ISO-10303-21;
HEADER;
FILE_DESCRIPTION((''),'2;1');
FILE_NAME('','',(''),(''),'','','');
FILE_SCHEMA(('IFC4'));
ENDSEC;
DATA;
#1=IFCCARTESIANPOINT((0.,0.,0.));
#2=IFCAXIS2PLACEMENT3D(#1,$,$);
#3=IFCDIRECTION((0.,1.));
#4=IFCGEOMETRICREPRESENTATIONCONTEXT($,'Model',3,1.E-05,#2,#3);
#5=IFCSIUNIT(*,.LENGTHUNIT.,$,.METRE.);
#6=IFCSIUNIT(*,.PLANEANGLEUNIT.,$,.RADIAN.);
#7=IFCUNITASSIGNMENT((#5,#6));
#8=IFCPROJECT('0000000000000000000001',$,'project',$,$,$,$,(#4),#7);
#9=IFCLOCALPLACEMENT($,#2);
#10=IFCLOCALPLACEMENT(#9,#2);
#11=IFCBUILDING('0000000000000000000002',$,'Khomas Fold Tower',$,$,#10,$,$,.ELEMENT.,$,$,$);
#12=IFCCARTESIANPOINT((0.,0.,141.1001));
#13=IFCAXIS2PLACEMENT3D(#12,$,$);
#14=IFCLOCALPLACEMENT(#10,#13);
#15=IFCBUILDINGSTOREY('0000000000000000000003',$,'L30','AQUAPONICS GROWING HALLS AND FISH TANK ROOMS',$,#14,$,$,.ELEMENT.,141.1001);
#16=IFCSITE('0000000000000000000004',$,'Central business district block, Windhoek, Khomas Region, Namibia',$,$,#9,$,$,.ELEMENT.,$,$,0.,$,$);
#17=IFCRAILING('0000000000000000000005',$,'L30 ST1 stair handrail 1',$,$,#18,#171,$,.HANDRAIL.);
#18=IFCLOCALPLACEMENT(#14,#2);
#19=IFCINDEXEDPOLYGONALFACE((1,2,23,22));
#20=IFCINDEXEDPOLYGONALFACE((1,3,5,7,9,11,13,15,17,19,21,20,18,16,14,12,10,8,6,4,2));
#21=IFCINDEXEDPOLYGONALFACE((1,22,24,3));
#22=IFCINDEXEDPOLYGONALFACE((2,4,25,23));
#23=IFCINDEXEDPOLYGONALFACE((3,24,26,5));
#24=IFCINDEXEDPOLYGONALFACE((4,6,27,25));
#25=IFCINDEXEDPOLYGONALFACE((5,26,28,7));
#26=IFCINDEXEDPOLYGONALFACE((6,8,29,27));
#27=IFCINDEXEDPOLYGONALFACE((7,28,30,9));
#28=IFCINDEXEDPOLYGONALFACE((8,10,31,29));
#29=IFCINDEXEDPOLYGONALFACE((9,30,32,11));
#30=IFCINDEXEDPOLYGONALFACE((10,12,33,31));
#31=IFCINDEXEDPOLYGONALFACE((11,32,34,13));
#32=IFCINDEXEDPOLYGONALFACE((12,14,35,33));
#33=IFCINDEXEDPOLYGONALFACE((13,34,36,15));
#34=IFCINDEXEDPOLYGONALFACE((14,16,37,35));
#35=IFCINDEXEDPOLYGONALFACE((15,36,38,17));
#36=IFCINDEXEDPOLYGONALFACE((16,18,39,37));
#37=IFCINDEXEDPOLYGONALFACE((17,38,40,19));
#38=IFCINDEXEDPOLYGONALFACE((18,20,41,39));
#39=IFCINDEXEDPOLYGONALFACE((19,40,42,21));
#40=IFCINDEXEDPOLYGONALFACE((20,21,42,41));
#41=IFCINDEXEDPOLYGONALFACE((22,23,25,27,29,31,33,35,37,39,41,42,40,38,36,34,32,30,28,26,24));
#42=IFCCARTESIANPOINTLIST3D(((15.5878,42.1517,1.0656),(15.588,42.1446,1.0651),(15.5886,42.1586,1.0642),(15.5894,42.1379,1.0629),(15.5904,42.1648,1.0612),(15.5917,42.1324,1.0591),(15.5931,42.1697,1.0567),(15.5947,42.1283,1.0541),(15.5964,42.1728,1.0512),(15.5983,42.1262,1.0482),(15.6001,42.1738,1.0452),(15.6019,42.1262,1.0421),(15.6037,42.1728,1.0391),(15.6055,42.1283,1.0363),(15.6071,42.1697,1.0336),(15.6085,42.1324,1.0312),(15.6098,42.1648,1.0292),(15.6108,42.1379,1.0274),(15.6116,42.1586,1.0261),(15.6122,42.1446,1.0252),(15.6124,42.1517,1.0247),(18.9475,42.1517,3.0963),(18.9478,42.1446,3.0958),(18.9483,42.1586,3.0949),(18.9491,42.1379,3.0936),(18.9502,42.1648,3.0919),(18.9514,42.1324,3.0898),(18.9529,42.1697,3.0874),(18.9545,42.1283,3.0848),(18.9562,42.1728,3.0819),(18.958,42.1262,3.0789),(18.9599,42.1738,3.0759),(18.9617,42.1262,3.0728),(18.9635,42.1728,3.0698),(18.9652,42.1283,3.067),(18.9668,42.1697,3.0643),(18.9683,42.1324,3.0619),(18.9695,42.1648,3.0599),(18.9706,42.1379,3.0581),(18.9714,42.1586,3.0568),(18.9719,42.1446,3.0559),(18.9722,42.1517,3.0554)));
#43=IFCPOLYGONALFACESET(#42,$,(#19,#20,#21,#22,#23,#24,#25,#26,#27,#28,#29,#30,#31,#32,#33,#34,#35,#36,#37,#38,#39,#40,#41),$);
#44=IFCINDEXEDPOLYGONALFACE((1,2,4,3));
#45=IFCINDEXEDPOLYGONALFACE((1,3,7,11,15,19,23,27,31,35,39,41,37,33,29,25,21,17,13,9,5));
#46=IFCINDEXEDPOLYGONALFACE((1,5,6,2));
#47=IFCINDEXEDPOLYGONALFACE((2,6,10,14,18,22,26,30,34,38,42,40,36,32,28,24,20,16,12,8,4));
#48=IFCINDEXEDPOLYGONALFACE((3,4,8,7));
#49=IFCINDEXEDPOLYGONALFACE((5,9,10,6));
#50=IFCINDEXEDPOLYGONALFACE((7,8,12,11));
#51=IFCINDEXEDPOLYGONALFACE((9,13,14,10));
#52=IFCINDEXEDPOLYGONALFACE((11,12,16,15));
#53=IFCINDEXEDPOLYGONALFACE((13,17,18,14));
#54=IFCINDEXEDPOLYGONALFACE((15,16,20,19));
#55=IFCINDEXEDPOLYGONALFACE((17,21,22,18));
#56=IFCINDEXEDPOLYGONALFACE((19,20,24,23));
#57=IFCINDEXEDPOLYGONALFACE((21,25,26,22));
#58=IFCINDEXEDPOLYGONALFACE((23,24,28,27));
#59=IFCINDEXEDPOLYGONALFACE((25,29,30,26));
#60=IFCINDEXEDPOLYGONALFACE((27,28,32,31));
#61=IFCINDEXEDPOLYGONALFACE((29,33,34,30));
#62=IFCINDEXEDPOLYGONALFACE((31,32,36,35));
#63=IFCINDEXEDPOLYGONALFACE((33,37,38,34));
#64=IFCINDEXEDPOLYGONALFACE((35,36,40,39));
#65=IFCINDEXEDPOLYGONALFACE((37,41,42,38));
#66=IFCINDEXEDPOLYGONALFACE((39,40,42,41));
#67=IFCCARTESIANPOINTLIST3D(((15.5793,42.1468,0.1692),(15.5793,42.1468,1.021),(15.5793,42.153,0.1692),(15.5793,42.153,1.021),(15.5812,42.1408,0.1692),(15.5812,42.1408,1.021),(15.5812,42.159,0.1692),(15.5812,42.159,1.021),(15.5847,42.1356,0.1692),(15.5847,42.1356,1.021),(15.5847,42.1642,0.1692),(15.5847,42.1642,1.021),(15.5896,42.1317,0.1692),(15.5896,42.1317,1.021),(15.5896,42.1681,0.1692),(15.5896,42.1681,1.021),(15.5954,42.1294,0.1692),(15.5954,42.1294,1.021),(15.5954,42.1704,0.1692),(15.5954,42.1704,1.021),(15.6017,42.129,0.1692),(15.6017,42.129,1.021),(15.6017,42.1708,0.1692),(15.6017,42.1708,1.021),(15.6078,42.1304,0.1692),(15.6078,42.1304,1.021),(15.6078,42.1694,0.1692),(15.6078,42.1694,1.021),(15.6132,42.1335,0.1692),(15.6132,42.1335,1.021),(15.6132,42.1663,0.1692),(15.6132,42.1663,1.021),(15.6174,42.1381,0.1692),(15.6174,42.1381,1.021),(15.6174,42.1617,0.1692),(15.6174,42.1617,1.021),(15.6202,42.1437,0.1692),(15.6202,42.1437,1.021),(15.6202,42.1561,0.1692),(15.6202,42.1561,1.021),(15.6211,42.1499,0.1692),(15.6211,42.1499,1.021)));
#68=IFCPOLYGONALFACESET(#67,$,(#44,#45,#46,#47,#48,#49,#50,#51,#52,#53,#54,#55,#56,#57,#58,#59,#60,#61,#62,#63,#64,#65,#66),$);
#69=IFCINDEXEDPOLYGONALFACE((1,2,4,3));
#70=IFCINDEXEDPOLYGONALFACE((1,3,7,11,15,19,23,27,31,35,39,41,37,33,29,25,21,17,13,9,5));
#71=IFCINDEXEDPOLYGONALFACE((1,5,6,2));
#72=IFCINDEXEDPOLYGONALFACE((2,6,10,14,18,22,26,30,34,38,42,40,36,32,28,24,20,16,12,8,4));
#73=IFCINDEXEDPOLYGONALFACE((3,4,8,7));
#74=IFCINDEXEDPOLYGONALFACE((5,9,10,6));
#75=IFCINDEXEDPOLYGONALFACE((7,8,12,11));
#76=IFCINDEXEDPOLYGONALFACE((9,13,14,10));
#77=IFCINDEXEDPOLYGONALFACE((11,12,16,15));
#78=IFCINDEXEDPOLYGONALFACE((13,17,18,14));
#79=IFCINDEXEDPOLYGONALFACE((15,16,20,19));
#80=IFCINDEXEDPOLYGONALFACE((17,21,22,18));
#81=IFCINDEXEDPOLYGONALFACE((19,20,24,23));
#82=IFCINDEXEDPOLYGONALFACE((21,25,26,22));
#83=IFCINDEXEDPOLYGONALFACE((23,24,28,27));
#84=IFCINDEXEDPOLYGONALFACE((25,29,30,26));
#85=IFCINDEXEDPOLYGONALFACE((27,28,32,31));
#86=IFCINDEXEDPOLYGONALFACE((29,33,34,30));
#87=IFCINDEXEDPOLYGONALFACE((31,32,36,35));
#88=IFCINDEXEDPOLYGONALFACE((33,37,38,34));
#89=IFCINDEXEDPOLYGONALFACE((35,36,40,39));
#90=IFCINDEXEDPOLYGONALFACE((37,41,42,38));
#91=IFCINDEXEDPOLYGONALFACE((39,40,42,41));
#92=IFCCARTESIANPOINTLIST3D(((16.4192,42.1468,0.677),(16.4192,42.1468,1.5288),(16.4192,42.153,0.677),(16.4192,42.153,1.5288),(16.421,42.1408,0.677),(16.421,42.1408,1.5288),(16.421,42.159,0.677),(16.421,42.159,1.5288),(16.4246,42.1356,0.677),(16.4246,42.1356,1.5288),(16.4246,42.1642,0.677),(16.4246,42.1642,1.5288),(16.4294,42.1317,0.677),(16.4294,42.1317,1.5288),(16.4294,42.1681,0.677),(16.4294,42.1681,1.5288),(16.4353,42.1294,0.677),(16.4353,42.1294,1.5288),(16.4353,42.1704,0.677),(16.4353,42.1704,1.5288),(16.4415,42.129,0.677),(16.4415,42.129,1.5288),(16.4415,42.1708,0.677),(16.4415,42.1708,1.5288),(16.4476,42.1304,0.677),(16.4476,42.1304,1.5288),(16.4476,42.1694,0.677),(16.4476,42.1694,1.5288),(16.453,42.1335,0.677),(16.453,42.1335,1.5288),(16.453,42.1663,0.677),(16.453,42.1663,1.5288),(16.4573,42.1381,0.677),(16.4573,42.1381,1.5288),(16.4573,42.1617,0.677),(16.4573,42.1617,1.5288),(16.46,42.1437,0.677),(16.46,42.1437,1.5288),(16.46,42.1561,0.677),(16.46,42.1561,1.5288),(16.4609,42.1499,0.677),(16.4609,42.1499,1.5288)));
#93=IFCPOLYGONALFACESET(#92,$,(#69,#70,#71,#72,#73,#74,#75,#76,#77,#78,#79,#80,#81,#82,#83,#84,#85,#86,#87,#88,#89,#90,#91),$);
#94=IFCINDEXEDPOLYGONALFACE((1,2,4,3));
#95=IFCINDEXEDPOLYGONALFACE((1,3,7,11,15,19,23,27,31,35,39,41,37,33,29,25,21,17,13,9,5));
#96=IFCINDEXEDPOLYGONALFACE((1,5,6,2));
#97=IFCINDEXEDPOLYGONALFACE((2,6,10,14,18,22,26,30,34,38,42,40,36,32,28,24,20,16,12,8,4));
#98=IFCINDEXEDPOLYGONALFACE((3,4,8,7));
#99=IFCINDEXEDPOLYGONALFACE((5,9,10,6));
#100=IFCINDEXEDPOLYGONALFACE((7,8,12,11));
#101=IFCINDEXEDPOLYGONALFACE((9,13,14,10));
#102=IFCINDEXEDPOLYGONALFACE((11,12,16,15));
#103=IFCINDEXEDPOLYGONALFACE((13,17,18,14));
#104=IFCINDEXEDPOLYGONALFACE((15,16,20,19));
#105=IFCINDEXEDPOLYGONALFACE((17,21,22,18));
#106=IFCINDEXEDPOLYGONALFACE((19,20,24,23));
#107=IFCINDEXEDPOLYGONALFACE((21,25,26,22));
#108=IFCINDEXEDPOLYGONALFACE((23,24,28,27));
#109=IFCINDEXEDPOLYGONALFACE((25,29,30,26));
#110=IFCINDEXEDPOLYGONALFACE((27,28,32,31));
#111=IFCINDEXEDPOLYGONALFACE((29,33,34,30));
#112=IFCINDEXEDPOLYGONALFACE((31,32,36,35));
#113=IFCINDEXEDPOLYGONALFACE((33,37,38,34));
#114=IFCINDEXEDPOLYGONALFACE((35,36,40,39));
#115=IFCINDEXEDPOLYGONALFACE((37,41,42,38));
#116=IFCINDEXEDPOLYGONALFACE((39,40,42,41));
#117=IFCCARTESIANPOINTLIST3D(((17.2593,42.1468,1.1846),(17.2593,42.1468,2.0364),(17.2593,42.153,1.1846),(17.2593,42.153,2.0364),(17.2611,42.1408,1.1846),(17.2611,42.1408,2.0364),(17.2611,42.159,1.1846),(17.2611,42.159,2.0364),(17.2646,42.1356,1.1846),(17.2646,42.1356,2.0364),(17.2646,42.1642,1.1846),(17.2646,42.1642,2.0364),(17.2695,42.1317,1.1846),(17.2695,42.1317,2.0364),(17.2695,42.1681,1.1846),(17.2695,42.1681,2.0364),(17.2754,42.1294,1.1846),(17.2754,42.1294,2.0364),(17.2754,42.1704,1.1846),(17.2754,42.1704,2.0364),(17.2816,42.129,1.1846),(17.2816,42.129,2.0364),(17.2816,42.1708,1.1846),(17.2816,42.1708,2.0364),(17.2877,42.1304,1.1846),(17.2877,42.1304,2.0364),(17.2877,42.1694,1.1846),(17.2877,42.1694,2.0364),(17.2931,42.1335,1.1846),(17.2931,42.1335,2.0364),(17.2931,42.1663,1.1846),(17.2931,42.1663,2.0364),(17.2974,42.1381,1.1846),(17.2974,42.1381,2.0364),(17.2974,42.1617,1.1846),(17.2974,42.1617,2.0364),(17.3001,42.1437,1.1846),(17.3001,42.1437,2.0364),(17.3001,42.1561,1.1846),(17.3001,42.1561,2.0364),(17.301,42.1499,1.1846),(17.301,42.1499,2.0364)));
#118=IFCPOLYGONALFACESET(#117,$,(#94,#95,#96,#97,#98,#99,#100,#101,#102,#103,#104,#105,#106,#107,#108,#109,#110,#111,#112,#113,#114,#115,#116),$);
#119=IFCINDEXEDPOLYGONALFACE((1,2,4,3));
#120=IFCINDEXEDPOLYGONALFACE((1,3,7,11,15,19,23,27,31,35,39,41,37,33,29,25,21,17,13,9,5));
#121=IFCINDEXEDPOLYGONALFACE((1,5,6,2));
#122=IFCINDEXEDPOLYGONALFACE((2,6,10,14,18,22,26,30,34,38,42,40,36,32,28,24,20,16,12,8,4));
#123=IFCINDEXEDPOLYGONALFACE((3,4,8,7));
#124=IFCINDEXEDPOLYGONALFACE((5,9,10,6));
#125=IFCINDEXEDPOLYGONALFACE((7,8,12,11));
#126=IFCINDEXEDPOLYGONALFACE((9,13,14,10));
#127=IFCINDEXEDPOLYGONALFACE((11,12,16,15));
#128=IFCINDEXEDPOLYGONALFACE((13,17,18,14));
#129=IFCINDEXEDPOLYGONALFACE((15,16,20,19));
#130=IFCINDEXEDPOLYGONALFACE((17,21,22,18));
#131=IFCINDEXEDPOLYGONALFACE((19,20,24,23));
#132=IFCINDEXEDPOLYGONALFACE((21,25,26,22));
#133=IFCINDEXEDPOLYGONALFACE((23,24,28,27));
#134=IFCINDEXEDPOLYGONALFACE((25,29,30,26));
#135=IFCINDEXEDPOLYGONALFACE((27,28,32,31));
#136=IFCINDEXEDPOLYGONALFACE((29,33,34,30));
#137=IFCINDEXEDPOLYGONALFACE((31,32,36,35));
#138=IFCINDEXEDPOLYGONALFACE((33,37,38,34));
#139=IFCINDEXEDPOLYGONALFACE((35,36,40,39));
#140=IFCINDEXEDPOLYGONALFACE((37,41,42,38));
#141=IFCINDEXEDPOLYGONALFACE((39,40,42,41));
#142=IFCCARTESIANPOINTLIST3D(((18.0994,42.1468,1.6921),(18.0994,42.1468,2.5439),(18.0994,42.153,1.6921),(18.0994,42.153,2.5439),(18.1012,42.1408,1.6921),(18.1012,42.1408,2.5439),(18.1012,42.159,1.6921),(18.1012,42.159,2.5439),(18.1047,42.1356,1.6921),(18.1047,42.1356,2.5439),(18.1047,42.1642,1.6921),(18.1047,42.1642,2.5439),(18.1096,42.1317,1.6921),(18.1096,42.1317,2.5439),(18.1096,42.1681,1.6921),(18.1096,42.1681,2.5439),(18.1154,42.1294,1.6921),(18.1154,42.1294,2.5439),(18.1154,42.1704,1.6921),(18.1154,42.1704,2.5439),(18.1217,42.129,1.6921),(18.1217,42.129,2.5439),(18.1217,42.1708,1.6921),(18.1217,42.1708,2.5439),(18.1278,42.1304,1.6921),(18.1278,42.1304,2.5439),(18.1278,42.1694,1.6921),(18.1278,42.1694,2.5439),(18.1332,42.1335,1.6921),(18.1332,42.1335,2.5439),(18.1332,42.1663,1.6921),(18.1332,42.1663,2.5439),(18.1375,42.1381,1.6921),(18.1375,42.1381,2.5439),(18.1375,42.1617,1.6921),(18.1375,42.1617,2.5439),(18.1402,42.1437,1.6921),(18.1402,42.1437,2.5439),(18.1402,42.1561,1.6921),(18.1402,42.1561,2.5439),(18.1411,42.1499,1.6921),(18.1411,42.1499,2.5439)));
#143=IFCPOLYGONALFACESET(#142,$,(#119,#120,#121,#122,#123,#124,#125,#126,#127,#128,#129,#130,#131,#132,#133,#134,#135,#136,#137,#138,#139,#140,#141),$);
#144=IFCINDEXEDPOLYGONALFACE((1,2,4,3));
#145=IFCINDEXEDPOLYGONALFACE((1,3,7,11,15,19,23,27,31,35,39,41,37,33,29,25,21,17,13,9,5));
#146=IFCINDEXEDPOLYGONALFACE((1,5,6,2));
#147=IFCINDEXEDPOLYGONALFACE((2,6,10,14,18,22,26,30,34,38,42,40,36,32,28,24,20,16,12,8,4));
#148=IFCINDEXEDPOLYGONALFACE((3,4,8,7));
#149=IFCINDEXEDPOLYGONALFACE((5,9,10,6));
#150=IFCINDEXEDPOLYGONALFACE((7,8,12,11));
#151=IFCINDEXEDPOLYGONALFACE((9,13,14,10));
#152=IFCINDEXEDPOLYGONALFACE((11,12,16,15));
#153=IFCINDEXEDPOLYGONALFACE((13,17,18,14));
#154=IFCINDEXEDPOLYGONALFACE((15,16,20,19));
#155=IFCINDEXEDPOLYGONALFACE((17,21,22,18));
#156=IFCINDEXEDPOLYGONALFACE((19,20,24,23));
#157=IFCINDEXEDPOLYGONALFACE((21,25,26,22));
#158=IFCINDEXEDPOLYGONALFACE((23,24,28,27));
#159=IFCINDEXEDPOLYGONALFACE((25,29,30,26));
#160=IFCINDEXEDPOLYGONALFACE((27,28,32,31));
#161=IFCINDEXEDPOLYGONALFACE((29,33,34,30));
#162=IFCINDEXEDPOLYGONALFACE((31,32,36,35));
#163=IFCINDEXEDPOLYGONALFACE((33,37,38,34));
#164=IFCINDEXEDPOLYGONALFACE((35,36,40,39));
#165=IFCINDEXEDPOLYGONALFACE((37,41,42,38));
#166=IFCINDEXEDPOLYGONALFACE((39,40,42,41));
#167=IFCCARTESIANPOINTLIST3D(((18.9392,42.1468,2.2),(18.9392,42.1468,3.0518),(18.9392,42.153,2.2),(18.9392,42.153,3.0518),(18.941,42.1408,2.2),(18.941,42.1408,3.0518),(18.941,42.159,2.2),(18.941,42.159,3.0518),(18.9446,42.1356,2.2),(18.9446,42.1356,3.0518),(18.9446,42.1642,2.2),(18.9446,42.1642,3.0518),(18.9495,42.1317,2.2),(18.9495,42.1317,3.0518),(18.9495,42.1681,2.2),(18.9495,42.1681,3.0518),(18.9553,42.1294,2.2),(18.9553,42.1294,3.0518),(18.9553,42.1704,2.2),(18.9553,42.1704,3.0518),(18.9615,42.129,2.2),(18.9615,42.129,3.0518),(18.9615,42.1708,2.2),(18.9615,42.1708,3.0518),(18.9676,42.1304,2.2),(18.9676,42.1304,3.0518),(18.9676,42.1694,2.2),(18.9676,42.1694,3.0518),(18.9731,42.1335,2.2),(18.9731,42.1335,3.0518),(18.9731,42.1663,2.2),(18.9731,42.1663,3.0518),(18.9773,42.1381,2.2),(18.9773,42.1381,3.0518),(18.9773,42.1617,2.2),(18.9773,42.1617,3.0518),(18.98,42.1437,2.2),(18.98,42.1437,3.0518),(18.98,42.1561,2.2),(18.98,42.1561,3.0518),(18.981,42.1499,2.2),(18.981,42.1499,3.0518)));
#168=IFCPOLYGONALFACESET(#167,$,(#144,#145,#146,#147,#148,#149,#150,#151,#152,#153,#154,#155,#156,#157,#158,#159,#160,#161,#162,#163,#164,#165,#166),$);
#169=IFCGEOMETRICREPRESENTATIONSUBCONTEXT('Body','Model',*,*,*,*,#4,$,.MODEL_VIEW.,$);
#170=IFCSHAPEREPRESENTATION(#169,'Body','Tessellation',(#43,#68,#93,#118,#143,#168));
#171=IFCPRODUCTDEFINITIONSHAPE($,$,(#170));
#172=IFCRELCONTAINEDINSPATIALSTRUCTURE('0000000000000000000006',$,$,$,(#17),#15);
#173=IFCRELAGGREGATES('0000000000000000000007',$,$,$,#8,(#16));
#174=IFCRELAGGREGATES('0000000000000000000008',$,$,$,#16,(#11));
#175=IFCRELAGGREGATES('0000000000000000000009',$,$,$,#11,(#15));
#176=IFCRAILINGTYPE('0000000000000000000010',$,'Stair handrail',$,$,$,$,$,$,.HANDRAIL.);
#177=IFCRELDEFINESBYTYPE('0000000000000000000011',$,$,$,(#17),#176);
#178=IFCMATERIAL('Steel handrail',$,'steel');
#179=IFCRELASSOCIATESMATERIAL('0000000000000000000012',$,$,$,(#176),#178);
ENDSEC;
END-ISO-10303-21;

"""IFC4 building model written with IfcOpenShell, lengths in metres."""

from ifc_helpers import new_model, si_unit, direction, frame, origin, origin_2d, place, context, subcontext, project, spatial, circle, extrude, source, transform, mapped, material, type_object, element, save


model = new_model("IFC4")

# Units and contexts
model_context = context("Model", 3, precision=1e-05, world=origin(), true_north=direction((0.0, 1.0)))
body_context = subcontext(model_context, "Body", "Model", "MODEL_VIEW")
ifc_project = project(units=[si_unit("LENGTHUNIT", "METRE"), si_unit("PLANEANGLEUNIT", "RADIAN")], contexts=[model_context])

# Site, building, storey
site_placement = place(None, origin())
site = spatial("IfcSite", under=ifc_project, at=site_placement, Name="Central business district block, Windhoek, Khomas Region, Namibia", CompositionType="ELEMENT", RefElevation=0.0)
building_placement = place(site_placement, origin())
building = spatial("IfcBuilding", under=site, at=building_placement, Name="Khomas Fold Tower", CompositionType="ELEMENT")
storey_placement = place(building_placement, frame((0.0, 0.0, 141.1001)))
storey = spatial("IfcBuildingStorey", under=building, at=storey_placement, Name="L30", Description="AQUAPONICS GROWING HALLS AND FISH TANK ROOMS", CompositionType="ELEMENT", Elevation=141.1001)

# Railing
ifc_material_1 = material(Name="Steel handrail", Category="steel")
railing_type_1 = type_object("IfcRailingType", Name="Stair handrail", PredefinedType="HANDRAIL", material=ifc_material_1)
shared_shape_1 = source(origin(), body_context, "Body", "SweptSolid", [
    extrude(circle(Radius=0.0239, at=origin_2d()), frame((0.0, 0.0, 0.876), z_axis=(0.85582, 0.0, 0.517273), x_axis=(0.0, 1.0, 0.0)), (0.0, 0.0, 1.0), 3.9258),
    extrude(circle(Radius=0.021, at=origin_2d()), origin(), (0.0, 0.0, 1.0), 0.8518),
    extrude(circle(Radius=0.021, at=origin_2d()), frame((0.8398, 0.0, 0.5078)), (0.0, 0.0, 1.0), 0.8518),
    extrude(circle(Radius=0.021, at=origin_2d()), frame((1.6799, 0.0, 1.0154)), (0.0, 0.0, 1.0), 0.8518),
    extrude(circle(Radius=0.021, at=origin_2d()), frame((2.52, 0.0, 1.5229)), (0.0, 0.0, 1.0), 0.8518),
    extrude(circle(Radius=0.021, at=origin_2d()), frame((3.3599, 0.0, 2.0308)), (0.0, 0.0, 1.0), 0.8518),
])
railing_1_placement = place(storey_placement, frame((15.6001, 42.1499, 0.1692)))
element("IfcRailing", 1, at=railing_1_placement, inside=storey, type_object=railing_type_1, Name="L30 ST1 stair handrail 1", PredefinedType="HANDRAIL", context=body_context, shape_type="MappedRepresentation", body=[
    mapped(shared_shape_1, transform((0.0, 0.0, 0.0))),
])

save(model, "model.ifc")
